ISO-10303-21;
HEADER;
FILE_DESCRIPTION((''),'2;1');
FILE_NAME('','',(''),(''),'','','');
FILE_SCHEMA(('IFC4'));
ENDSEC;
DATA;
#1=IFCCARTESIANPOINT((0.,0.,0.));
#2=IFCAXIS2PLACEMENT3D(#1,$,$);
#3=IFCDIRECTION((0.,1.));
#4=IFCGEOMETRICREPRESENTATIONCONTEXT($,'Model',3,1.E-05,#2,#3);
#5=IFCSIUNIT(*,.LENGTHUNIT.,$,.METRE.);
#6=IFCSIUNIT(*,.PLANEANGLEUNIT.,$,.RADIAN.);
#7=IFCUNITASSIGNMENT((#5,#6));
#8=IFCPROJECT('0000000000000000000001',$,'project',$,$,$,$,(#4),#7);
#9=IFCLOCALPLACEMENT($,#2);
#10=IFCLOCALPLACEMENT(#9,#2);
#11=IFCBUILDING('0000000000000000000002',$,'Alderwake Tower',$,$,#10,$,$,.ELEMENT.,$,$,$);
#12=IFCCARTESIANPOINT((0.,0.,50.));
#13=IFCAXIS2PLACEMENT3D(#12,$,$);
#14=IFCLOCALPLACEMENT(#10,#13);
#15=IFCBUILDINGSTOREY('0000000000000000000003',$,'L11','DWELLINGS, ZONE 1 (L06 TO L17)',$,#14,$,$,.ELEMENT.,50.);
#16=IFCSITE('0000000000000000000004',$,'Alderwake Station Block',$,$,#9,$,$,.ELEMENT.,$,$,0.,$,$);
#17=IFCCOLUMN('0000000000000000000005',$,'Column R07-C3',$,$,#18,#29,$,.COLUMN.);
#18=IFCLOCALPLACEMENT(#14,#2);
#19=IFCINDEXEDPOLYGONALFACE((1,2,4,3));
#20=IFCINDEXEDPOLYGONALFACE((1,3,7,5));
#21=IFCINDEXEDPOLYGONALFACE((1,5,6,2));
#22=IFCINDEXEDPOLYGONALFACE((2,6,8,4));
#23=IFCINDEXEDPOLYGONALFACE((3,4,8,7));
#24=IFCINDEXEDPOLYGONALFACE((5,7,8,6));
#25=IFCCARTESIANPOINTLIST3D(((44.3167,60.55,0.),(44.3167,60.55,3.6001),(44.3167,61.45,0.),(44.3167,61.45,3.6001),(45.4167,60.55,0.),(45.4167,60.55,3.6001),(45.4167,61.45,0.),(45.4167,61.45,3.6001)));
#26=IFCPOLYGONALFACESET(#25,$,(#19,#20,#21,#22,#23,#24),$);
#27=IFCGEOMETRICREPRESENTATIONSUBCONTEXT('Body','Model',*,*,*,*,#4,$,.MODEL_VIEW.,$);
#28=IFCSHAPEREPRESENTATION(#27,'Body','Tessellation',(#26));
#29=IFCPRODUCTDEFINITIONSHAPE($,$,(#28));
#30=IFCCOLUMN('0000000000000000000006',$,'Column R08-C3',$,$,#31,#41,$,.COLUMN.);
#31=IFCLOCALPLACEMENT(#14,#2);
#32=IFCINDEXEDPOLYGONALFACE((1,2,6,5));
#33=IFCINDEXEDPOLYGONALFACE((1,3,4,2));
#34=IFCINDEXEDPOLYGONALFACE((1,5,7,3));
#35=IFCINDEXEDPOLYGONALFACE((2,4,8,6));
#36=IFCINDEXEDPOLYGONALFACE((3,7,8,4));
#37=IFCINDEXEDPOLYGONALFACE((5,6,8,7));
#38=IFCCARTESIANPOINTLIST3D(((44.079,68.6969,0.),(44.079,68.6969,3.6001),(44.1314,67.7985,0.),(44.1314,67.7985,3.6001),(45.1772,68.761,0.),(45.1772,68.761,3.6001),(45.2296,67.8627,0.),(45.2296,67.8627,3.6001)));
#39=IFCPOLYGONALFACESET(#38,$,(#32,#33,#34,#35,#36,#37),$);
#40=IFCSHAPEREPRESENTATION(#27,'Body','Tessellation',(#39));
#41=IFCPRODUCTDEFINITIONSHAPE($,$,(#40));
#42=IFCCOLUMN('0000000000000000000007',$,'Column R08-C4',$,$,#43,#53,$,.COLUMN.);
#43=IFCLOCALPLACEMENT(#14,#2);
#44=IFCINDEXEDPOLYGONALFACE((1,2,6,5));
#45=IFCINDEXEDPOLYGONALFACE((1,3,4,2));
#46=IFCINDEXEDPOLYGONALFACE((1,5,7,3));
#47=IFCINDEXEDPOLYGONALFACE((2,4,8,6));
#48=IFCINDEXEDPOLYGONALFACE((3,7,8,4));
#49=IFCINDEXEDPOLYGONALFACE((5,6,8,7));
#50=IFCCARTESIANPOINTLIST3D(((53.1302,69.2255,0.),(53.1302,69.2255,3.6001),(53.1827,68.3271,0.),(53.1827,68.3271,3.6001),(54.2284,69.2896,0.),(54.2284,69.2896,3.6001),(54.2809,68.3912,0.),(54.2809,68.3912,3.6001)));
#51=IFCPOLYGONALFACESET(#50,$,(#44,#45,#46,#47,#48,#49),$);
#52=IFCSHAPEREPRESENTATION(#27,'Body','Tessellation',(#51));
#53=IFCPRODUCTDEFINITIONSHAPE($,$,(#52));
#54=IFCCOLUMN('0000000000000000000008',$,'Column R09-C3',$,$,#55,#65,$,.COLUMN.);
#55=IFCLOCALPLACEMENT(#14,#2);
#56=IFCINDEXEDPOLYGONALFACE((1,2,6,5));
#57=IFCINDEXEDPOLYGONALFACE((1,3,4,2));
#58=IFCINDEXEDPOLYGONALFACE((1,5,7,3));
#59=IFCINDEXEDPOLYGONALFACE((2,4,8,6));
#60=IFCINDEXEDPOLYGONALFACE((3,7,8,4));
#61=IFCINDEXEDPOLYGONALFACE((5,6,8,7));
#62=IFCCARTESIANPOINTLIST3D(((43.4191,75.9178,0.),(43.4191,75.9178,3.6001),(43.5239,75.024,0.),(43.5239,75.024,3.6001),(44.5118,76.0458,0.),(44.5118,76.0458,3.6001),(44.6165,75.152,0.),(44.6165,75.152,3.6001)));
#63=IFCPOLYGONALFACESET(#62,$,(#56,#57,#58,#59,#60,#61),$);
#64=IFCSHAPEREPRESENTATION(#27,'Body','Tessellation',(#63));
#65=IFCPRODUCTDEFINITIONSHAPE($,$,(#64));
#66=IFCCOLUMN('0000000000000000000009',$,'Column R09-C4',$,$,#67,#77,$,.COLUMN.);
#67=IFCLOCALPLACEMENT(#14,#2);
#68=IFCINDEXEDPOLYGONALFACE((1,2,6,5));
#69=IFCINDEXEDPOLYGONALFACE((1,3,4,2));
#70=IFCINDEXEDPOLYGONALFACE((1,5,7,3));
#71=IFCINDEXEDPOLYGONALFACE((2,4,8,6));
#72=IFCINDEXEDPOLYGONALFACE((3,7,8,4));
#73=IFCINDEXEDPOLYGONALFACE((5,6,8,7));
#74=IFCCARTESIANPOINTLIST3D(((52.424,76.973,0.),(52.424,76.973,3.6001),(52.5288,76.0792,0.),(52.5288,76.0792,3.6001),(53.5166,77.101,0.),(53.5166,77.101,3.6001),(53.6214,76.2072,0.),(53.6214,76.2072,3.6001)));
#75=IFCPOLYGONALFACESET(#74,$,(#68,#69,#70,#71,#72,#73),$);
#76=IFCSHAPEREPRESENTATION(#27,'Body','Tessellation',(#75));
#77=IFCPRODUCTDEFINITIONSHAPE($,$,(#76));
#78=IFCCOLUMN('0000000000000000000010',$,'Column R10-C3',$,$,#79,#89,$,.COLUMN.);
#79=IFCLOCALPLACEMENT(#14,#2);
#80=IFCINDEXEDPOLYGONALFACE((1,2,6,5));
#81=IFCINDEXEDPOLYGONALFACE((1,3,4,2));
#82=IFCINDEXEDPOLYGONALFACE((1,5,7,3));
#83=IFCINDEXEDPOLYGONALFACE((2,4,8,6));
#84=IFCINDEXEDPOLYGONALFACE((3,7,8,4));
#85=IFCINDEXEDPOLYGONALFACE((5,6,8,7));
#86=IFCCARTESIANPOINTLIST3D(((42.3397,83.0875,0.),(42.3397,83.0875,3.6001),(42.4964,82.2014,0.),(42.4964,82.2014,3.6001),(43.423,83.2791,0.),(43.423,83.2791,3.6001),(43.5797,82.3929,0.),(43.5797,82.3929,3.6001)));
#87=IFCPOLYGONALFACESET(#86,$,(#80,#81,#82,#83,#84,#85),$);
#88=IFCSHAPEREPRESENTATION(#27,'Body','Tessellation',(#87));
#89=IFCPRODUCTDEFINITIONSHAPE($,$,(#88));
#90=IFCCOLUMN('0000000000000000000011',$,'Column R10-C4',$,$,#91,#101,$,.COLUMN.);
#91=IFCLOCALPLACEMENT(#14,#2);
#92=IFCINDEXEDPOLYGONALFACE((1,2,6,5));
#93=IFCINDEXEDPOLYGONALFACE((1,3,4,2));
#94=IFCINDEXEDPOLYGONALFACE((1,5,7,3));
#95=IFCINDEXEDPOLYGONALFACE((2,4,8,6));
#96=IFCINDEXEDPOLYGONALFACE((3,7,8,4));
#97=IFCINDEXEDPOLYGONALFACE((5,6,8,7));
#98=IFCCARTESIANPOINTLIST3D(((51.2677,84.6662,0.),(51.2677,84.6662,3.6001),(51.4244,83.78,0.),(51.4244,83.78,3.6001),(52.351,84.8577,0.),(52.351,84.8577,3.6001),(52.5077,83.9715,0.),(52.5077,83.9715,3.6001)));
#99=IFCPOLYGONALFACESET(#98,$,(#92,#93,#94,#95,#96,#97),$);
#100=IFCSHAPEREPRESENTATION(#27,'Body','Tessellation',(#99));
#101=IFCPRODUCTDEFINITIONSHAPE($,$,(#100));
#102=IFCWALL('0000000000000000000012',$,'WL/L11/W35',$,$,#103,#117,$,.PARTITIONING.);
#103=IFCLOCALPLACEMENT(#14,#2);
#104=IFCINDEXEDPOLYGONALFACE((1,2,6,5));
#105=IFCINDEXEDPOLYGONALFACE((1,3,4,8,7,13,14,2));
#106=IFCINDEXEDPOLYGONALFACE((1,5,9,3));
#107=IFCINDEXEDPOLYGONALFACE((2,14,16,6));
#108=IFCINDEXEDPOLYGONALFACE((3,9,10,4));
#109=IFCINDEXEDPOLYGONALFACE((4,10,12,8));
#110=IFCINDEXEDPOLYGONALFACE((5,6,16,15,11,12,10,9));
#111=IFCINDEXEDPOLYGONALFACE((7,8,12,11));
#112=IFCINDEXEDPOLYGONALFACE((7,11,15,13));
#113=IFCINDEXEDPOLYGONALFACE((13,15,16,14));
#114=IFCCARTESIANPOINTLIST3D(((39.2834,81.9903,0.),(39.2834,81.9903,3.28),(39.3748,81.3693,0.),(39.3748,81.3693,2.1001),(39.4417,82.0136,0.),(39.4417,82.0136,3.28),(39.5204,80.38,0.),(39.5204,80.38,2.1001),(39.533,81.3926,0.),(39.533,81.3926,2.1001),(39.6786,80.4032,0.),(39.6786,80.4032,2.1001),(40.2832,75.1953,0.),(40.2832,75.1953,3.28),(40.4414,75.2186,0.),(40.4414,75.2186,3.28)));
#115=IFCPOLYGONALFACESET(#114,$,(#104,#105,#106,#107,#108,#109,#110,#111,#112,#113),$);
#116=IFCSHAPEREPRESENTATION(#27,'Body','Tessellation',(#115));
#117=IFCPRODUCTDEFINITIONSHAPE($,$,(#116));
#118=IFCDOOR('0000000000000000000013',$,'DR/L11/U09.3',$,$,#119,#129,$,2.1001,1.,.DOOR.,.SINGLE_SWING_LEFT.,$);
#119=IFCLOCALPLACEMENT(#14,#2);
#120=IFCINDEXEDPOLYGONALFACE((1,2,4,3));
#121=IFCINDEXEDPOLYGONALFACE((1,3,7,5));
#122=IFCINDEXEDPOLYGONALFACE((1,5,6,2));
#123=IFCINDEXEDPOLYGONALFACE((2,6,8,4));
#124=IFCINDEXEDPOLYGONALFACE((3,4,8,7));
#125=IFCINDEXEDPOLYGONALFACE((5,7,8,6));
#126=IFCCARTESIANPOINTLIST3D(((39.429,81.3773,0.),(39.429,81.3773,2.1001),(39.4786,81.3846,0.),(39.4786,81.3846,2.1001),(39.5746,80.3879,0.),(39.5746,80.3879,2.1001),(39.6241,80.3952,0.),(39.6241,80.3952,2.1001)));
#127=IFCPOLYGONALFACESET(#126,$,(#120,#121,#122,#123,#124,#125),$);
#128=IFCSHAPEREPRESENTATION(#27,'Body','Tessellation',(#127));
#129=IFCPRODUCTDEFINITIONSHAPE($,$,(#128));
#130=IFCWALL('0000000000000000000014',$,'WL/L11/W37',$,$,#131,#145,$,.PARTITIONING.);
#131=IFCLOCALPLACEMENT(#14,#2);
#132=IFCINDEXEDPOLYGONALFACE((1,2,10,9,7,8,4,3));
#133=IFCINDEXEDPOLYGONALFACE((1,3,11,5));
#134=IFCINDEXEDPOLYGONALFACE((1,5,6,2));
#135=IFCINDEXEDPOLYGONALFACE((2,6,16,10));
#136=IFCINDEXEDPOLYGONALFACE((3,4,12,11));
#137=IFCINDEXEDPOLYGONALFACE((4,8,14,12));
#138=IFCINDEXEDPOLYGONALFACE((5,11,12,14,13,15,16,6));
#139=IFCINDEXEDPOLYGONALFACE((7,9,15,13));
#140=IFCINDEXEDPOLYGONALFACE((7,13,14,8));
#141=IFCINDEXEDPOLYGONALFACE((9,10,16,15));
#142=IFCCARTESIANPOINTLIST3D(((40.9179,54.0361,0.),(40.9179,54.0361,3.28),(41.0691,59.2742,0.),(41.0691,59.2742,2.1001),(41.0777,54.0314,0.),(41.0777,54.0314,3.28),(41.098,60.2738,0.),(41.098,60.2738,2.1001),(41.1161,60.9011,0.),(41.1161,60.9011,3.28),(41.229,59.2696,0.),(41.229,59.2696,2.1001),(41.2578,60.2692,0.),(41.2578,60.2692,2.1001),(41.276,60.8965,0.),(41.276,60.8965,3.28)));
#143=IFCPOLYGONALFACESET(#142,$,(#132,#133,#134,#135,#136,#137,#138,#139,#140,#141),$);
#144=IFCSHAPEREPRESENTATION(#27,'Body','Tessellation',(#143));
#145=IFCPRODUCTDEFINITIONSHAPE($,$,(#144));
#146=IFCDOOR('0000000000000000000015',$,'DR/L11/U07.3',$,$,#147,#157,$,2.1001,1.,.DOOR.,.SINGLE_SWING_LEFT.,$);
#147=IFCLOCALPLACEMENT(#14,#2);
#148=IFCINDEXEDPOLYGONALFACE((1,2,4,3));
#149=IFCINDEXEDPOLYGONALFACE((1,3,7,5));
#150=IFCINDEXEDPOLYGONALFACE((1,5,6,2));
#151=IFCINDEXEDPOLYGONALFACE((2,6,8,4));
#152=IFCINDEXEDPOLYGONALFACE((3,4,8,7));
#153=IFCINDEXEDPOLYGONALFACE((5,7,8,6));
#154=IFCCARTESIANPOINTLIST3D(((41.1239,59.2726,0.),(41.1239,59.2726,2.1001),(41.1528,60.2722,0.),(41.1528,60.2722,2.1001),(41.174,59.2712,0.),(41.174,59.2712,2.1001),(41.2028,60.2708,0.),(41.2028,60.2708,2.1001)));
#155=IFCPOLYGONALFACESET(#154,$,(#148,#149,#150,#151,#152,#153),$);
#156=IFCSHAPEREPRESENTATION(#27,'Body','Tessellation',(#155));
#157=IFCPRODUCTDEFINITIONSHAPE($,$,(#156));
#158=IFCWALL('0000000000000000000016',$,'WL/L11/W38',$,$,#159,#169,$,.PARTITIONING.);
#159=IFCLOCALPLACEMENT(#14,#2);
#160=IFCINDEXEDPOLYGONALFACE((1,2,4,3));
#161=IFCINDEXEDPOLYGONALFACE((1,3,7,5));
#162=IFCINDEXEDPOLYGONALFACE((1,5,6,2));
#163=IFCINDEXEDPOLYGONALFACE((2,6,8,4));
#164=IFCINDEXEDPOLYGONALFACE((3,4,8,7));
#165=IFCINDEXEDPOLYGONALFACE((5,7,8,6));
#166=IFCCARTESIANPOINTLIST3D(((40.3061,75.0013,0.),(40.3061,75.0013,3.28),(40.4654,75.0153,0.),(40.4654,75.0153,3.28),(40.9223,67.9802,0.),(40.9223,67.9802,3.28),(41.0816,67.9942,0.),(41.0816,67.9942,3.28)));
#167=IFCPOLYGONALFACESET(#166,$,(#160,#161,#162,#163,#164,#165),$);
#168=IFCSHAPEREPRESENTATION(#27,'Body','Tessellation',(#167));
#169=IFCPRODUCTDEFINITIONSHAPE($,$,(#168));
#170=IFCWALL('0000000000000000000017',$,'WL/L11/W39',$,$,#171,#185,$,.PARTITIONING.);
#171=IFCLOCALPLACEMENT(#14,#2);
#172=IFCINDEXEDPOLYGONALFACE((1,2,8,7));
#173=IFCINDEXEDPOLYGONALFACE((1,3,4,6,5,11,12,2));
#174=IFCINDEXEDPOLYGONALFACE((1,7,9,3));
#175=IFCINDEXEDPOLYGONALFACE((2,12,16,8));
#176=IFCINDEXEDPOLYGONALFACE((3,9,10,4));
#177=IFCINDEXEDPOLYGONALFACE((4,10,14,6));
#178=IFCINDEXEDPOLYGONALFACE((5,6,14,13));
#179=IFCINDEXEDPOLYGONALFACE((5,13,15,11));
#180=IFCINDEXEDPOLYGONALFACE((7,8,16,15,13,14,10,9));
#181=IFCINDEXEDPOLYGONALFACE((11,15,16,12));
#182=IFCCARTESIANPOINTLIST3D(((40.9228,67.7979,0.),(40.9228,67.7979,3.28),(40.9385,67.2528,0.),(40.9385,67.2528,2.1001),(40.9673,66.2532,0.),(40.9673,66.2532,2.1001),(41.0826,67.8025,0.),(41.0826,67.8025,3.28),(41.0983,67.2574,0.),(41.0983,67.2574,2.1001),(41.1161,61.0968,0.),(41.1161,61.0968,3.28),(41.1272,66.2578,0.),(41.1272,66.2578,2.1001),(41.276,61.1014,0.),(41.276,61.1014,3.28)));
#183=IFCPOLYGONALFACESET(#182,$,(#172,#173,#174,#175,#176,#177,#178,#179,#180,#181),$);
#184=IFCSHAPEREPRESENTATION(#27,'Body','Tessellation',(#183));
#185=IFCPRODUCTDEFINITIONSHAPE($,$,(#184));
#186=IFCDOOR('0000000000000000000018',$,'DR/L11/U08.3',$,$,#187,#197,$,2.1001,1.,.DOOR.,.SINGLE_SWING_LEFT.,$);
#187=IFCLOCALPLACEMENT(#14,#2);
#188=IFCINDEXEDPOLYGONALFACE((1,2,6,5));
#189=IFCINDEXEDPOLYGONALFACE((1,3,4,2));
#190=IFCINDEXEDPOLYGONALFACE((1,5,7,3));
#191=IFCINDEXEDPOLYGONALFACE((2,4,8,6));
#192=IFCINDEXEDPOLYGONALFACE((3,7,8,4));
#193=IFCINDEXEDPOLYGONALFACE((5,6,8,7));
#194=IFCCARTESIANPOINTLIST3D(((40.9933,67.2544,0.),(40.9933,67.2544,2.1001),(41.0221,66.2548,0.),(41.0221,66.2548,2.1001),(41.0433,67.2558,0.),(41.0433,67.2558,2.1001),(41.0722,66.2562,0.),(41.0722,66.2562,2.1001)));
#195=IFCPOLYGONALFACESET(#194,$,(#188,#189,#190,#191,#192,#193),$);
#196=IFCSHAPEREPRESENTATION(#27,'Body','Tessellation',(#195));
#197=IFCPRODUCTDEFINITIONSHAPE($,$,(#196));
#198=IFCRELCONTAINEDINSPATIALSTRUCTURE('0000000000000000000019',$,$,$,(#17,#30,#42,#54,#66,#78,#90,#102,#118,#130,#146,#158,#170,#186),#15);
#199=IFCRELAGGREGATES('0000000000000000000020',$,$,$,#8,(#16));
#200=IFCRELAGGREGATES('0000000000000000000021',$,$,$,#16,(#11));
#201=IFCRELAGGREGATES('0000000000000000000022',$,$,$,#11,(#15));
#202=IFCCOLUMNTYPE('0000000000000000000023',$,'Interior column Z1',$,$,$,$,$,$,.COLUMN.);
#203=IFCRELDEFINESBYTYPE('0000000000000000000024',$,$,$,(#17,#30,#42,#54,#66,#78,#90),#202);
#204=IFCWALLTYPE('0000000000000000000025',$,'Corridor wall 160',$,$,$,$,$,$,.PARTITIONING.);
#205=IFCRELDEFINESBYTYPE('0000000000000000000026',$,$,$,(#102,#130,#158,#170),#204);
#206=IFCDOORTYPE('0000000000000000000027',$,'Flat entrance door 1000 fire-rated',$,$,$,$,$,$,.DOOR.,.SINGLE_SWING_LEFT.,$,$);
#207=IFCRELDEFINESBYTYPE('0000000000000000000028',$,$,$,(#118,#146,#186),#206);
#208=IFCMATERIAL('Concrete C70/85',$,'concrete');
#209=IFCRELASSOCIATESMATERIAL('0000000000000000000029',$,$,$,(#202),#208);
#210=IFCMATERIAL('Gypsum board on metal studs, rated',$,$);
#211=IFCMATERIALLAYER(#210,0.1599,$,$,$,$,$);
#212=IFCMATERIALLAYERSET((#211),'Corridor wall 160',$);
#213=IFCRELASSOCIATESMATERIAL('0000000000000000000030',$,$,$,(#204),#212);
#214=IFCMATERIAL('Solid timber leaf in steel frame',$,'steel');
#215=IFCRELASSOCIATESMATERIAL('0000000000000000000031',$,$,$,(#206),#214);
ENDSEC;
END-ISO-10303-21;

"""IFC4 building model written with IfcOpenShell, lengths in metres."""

from ifc_helpers import new_model, si_unit, direction, frame, frame_2d, origin, origin_2d, place, context, subcontext, project, spatial, rectangle, extrude, material, layer, layer_set, material_profile, profile_set, type_object, element, fill, save


model = new_model("IFC4")

# Units and contexts
model_context = context("Model", 3, precision=1e-05, world=origin(), true_north=direction((0.0, 1.0)))
body_context = subcontext(model_context, "Body", "Model", "MODEL_VIEW")
ifc_project = project(units=[si_unit("LENGTHUNIT", "METRE"), si_unit("PLANEANGLEUNIT", "RADIAN")], contexts=[model_context])

# Site, building, storey
site_placement = place(None, origin())
site = spatial("IfcSite", under=ifc_project, at=site_placement, Name="Alderwake Station Block", CompositionType="ELEMENT", RefElevation=0.0)
building_placement = place(site_placement, origin())
building = spatial("IfcBuilding", under=site, at=building_placement, Name="Alderwake Tower", CompositionType="ELEMENT")
storey_placement = place(building_placement, frame((0.0, 0.0, 50.0)))
storey = spatial("IfcBuildingStorey", under=building, at=storey_placement, Name="L11", Description="DWELLINGS, ZONE 1 (L06 TO L17)", CompositionType="ELEMENT", Elevation=50.0)

# Columns
ifc_material_1 = material(Name="Concrete C70/85", Category="concrete")
ifc_material_profile = material_profile(ifc_material_1, rectangle(XDim=0.8999, YDim=1.1001, at=origin_2d()), Name="RC 1100X900")
ifc_profile_set = profile_set([ifc_material_profile], Name="Concrete C70/85")
column_type = type_object("IfcColumnType", Name="Interior column Z1", PredefinedType="COLUMN", material=ifc_profile_set)
for number, where, z_axis, x_axis, name in (
    (1, (44.8667, 61.0, 0.0), (0.0, 0.0, 1.0), (0.0, 1.0, 0.0), "Column R07-C3"),
    (2, (44.6543, 68.2798, 0.0), (0.0, 0.0, 1.0), (-0.058301, 0.998299, 0.0), "Column R08-C3"),
    (3, (53.7056, 68.8083, 0.0), (0.0, 0.0, 1.0), (-0.058299, 0.998299, 0.0), "Column R08-C4"),
    (4, (44.0178, 75.5349, 0.0), (0.0, 0.0, 1.0), (-0.116402, 0.993202, 0.0), "Column R09-C3"),
    (5, (53.0227, 76.5901, 0.0), (0.0, 0.0, 1.0), (-0.116402, 0.993202, 0.0), "Column R09-C4"),
    (6, (42.9597, 82.7402, 0.0), (0.0, 0.0, 1.0), (-0.174109, 0.984726, 0.0), "Column R10-C3"),
    (7, (51.8877, 84.3188, 0.0), (0.0, 0.0, 1.0), (-0.174109, 0.984726, 0.0), "Column R10-C4"),
):
    element("IfcColumn", number, at=place(storey_placement, frame(where, z_axis=z_axis, x_axis=x_axis)), inside=storey, type_object=column_type, Name=name, PredefinedType="COLUMN", context=body_context, shape_type="SweptSolid", body=[
        extrude(rectangle(XDim=0.8999, YDim=1.1001, at=origin_2d()), origin(), (0.0, 0.0, 1.0), 3.6001),
    ])

# Walls, openings, doors
ifc_material_2 = material(Name="Gypsum board on metal studs, rated")
ifc_layer_1 = layer(ifc_material_2, 0.1599)
ifc_layer_set_1 = layer_set([ifc_layer_1], Name="Corridor wall 160")
wall_type_1 = type_object("IfcWallType", Name="Corridor wall 160", PredefinedType="PARTITIONING", material=ifc_layer_set_1)
wall_1_placement = place(storey_placement, frame((39.3625, 82.002, 0.0), z_axis=(0.0, 0.0, 1.0), x_axis=(0.145566, -0.989349, 0.0)))
wall_1 = element("IfcWall", 8, at=wall_1_placement, inside=storey, type_object=wall_type_1, Name="WL/L11/W35", PredefinedType="PARTITIONING", context=body_context, shape_type="SweptSolid", body=[
    extrude(rectangle(XDim=6.8682, YDim=0.1599, at=frame_2d((3.4341, 0.0))), origin(), (0.0, 0.0, 1.0), 3.28),
])
opening_1_placement = place(wall_1_placement, frame((0.6277, 0.0, 0.0)))
opening_1 = element("IfcOpeningElement", 9, at=opening_1_placement, cuts=wall_1, PredefinedType="OPENING", context=body_context, shape_type="SweptSolid", body=[
    extrude(rectangle(XDim=1.0, YDim=2.1001, at=frame_2d((0.5, 1.05))), frame((0.0, 0.0898, 0.0), z_axis=(0.0, -1.0, 0.0), x_axis=(1.0, 0.0, 0.0)), (0.0, 0.0, 1.0), 0.1799),
])
ifc_material_3 = material(Name="Solid timber leaf in steel frame", Category="steel")
door_type_1 = type_object("IfcDoorType", Name="Flat entrance door 1000 fire-rated", OperationType="SINGLE_SWING_LEFT", PredefinedType="DOOR", material=ifc_material_3)
door_1_placement = place(opening_1_placement, origin())
door_1 = element("IfcDoor", 10, at=door_1_placement, inside=storey, type_object=door_type_1, Name="DR/L11/U09.3", OperationType="SINGLE_SWING_LEFT", OverallHeight=2.1001, OverallWidth=1.0, PredefinedType="DOOR", context=body_context, shape_type="SweptSolid", body=[
    extrude(rectangle(XDim=1.0, YDim=2.1001, at=frame_2d((0.5, 1.05))), frame((0.0, 0.0249, 0.0), z_axis=(0.0, -1.0, 0.0), x_axis=(1.0, 0.0, 0.0)), (0.0, 0.0, 1.0), 0.05),
])
fill(opening_1, door_1)
wall_2_placement = place(storey_placement, frame((41.196, 60.8989, 0.0), z_axis=(0.0, 0.0, 1.0), x_axis=(-0.028865, -0.999583, 0.0)))
wall_2 = element("IfcWall", 11, at=wall_2_placement, inside=storey, type_object=wall_type_1, Name="WL/L11/W37", PredefinedType="PARTITIONING", context=body_context, shape_type="SweptSolid", body=[
    extrude(rectangle(XDim=6.8679, YDim=0.1599, at=frame_2d((3.4341, 0.0))), origin(), (0.0, 0.0, 1.0), 3.28),
])
opening_2_placement = place(wall_2_placement, frame((0.6277, 0.0, 0.0)))
opening_2 = element("IfcOpeningElement", 12, at=opening_2_placement, cuts=wall_2, PredefinedType="OPENING", context=body_context, shape_type="SweptSolid", body=[
    extrude(rectangle(XDim=1.0, YDim=2.1001, at=frame_2d((0.5, 1.05))), frame((0.0, 0.0898, 0.0), z_axis=(0.0, -1.0, 0.0), x_axis=(1.0, 0.0, 0.0)), (0.0, 0.0, 1.0), 0.1799),
])
door_2_placement = place(opening_2_placement, origin())
door_2 = element("IfcDoor", 13, at=door_2_placement, inside=storey, type_object=door_type_1, Name="DR/L11/U07.3", OperationType="SINGLE_SWING_LEFT", OverallHeight=2.1001, OverallWidth=1.0, PredefinedType="DOOR", context=body_context, shape_type="SweptSolid", body=[
    extrude(rectangle(XDim=1.0, YDim=2.1001, at=frame_2d((0.5, 1.05))), frame((0.0, 0.0249, 0.0), z_axis=(0.0, -1.0, 0.0), x_axis=(1.0, 0.0, 0.0)), (0.0, 0.0, 1.0), 0.05),
])
fill(opening_2, door_2)

# Wall
wall_3_placement = place(storey_placement, frame((41.002, 67.9873, 0.0), z_axis=(0.0, 0.0, 1.0), x_axis=(-0.087431, 0.996171, 0.0)))
element("IfcWall", 14, at=wall_3_placement, inside=storey, type_object=wall_type_1, Name="WL/L11/W38", PredefinedType="PARTITIONING", context=body_context, shape_type="SweptSolid", body=[
    extrude(rectangle(XDim=7.0481, YDim=0.1599, at=frame_2d((3.5239, 0.0))), origin(), (0.0, 0.0, 1.0), 3.28),
])

# Wall, opening, door
wall_4_placement = place(storey_placement, frame((41.0027, 67.8003, 0.0), z_axis=(0.0, 0.0, 1.0), x_axis=(0.028843, -0.999584, 0.0)))
wall_4 = element("IfcWall", 15, at=wall_4_placement, inside=storey, type_object=wall_type_1, Name="WL/L11/W39", PredefinedType="PARTITIONING", context=body_context, shape_type="SweptSolid", body=[
    extrude(rectangle(XDim=6.7039, YDim=0.1599, at=frame_2d((3.3521, 0.0))), origin(), (0.0, 0.0, 1.0), 3.28),
])
opening_3_placement = place(wall_4_placement, frame((0.5454, 0.0, 0.0)))
opening_3 = element("IfcOpeningElement", 16, at=opening_3_placement, cuts=wall_4, PredefinedType="OPENING", context=body_context, shape_type="SweptSolid", body=[
    extrude(rectangle(XDim=1.0, YDim=2.1001, at=frame_2d((0.5, 1.05))), frame((0.0, 0.0898, 0.0), z_axis=(0.0, -1.0, 0.0), x_axis=(1.0, 0.0, 0.0)), (0.0, 0.0, 1.0), 0.1799),
])
door_3_placement = place(opening_3_placement, origin())
door_3 = element("IfcDoor", 17, at=door_3_placement, inside=storey, type_object=door_type_1, Name="DR/L11/U08.3", OperationType="SINGLE_SWING_LEFT", OverallHeight=2.1001, OverallWidth=1.0, PredefinedType="DOOR", context=body_context, shape_type="SweptSolid", body=[
    extrude(rectangle(XDim=1.0, YDim=2.1001, at=frame_2d((0.5, 1.05))), frame((0.0, 0.0249, 0.0), z_axis=(0.0, -1.0, 0.0), x_axis=(1.0, 0.0, 0.0)), (0.0, 0.0, 1.0), 0.05),
])
fill(opening_3, door_3)

save(model, "model.ifc")
